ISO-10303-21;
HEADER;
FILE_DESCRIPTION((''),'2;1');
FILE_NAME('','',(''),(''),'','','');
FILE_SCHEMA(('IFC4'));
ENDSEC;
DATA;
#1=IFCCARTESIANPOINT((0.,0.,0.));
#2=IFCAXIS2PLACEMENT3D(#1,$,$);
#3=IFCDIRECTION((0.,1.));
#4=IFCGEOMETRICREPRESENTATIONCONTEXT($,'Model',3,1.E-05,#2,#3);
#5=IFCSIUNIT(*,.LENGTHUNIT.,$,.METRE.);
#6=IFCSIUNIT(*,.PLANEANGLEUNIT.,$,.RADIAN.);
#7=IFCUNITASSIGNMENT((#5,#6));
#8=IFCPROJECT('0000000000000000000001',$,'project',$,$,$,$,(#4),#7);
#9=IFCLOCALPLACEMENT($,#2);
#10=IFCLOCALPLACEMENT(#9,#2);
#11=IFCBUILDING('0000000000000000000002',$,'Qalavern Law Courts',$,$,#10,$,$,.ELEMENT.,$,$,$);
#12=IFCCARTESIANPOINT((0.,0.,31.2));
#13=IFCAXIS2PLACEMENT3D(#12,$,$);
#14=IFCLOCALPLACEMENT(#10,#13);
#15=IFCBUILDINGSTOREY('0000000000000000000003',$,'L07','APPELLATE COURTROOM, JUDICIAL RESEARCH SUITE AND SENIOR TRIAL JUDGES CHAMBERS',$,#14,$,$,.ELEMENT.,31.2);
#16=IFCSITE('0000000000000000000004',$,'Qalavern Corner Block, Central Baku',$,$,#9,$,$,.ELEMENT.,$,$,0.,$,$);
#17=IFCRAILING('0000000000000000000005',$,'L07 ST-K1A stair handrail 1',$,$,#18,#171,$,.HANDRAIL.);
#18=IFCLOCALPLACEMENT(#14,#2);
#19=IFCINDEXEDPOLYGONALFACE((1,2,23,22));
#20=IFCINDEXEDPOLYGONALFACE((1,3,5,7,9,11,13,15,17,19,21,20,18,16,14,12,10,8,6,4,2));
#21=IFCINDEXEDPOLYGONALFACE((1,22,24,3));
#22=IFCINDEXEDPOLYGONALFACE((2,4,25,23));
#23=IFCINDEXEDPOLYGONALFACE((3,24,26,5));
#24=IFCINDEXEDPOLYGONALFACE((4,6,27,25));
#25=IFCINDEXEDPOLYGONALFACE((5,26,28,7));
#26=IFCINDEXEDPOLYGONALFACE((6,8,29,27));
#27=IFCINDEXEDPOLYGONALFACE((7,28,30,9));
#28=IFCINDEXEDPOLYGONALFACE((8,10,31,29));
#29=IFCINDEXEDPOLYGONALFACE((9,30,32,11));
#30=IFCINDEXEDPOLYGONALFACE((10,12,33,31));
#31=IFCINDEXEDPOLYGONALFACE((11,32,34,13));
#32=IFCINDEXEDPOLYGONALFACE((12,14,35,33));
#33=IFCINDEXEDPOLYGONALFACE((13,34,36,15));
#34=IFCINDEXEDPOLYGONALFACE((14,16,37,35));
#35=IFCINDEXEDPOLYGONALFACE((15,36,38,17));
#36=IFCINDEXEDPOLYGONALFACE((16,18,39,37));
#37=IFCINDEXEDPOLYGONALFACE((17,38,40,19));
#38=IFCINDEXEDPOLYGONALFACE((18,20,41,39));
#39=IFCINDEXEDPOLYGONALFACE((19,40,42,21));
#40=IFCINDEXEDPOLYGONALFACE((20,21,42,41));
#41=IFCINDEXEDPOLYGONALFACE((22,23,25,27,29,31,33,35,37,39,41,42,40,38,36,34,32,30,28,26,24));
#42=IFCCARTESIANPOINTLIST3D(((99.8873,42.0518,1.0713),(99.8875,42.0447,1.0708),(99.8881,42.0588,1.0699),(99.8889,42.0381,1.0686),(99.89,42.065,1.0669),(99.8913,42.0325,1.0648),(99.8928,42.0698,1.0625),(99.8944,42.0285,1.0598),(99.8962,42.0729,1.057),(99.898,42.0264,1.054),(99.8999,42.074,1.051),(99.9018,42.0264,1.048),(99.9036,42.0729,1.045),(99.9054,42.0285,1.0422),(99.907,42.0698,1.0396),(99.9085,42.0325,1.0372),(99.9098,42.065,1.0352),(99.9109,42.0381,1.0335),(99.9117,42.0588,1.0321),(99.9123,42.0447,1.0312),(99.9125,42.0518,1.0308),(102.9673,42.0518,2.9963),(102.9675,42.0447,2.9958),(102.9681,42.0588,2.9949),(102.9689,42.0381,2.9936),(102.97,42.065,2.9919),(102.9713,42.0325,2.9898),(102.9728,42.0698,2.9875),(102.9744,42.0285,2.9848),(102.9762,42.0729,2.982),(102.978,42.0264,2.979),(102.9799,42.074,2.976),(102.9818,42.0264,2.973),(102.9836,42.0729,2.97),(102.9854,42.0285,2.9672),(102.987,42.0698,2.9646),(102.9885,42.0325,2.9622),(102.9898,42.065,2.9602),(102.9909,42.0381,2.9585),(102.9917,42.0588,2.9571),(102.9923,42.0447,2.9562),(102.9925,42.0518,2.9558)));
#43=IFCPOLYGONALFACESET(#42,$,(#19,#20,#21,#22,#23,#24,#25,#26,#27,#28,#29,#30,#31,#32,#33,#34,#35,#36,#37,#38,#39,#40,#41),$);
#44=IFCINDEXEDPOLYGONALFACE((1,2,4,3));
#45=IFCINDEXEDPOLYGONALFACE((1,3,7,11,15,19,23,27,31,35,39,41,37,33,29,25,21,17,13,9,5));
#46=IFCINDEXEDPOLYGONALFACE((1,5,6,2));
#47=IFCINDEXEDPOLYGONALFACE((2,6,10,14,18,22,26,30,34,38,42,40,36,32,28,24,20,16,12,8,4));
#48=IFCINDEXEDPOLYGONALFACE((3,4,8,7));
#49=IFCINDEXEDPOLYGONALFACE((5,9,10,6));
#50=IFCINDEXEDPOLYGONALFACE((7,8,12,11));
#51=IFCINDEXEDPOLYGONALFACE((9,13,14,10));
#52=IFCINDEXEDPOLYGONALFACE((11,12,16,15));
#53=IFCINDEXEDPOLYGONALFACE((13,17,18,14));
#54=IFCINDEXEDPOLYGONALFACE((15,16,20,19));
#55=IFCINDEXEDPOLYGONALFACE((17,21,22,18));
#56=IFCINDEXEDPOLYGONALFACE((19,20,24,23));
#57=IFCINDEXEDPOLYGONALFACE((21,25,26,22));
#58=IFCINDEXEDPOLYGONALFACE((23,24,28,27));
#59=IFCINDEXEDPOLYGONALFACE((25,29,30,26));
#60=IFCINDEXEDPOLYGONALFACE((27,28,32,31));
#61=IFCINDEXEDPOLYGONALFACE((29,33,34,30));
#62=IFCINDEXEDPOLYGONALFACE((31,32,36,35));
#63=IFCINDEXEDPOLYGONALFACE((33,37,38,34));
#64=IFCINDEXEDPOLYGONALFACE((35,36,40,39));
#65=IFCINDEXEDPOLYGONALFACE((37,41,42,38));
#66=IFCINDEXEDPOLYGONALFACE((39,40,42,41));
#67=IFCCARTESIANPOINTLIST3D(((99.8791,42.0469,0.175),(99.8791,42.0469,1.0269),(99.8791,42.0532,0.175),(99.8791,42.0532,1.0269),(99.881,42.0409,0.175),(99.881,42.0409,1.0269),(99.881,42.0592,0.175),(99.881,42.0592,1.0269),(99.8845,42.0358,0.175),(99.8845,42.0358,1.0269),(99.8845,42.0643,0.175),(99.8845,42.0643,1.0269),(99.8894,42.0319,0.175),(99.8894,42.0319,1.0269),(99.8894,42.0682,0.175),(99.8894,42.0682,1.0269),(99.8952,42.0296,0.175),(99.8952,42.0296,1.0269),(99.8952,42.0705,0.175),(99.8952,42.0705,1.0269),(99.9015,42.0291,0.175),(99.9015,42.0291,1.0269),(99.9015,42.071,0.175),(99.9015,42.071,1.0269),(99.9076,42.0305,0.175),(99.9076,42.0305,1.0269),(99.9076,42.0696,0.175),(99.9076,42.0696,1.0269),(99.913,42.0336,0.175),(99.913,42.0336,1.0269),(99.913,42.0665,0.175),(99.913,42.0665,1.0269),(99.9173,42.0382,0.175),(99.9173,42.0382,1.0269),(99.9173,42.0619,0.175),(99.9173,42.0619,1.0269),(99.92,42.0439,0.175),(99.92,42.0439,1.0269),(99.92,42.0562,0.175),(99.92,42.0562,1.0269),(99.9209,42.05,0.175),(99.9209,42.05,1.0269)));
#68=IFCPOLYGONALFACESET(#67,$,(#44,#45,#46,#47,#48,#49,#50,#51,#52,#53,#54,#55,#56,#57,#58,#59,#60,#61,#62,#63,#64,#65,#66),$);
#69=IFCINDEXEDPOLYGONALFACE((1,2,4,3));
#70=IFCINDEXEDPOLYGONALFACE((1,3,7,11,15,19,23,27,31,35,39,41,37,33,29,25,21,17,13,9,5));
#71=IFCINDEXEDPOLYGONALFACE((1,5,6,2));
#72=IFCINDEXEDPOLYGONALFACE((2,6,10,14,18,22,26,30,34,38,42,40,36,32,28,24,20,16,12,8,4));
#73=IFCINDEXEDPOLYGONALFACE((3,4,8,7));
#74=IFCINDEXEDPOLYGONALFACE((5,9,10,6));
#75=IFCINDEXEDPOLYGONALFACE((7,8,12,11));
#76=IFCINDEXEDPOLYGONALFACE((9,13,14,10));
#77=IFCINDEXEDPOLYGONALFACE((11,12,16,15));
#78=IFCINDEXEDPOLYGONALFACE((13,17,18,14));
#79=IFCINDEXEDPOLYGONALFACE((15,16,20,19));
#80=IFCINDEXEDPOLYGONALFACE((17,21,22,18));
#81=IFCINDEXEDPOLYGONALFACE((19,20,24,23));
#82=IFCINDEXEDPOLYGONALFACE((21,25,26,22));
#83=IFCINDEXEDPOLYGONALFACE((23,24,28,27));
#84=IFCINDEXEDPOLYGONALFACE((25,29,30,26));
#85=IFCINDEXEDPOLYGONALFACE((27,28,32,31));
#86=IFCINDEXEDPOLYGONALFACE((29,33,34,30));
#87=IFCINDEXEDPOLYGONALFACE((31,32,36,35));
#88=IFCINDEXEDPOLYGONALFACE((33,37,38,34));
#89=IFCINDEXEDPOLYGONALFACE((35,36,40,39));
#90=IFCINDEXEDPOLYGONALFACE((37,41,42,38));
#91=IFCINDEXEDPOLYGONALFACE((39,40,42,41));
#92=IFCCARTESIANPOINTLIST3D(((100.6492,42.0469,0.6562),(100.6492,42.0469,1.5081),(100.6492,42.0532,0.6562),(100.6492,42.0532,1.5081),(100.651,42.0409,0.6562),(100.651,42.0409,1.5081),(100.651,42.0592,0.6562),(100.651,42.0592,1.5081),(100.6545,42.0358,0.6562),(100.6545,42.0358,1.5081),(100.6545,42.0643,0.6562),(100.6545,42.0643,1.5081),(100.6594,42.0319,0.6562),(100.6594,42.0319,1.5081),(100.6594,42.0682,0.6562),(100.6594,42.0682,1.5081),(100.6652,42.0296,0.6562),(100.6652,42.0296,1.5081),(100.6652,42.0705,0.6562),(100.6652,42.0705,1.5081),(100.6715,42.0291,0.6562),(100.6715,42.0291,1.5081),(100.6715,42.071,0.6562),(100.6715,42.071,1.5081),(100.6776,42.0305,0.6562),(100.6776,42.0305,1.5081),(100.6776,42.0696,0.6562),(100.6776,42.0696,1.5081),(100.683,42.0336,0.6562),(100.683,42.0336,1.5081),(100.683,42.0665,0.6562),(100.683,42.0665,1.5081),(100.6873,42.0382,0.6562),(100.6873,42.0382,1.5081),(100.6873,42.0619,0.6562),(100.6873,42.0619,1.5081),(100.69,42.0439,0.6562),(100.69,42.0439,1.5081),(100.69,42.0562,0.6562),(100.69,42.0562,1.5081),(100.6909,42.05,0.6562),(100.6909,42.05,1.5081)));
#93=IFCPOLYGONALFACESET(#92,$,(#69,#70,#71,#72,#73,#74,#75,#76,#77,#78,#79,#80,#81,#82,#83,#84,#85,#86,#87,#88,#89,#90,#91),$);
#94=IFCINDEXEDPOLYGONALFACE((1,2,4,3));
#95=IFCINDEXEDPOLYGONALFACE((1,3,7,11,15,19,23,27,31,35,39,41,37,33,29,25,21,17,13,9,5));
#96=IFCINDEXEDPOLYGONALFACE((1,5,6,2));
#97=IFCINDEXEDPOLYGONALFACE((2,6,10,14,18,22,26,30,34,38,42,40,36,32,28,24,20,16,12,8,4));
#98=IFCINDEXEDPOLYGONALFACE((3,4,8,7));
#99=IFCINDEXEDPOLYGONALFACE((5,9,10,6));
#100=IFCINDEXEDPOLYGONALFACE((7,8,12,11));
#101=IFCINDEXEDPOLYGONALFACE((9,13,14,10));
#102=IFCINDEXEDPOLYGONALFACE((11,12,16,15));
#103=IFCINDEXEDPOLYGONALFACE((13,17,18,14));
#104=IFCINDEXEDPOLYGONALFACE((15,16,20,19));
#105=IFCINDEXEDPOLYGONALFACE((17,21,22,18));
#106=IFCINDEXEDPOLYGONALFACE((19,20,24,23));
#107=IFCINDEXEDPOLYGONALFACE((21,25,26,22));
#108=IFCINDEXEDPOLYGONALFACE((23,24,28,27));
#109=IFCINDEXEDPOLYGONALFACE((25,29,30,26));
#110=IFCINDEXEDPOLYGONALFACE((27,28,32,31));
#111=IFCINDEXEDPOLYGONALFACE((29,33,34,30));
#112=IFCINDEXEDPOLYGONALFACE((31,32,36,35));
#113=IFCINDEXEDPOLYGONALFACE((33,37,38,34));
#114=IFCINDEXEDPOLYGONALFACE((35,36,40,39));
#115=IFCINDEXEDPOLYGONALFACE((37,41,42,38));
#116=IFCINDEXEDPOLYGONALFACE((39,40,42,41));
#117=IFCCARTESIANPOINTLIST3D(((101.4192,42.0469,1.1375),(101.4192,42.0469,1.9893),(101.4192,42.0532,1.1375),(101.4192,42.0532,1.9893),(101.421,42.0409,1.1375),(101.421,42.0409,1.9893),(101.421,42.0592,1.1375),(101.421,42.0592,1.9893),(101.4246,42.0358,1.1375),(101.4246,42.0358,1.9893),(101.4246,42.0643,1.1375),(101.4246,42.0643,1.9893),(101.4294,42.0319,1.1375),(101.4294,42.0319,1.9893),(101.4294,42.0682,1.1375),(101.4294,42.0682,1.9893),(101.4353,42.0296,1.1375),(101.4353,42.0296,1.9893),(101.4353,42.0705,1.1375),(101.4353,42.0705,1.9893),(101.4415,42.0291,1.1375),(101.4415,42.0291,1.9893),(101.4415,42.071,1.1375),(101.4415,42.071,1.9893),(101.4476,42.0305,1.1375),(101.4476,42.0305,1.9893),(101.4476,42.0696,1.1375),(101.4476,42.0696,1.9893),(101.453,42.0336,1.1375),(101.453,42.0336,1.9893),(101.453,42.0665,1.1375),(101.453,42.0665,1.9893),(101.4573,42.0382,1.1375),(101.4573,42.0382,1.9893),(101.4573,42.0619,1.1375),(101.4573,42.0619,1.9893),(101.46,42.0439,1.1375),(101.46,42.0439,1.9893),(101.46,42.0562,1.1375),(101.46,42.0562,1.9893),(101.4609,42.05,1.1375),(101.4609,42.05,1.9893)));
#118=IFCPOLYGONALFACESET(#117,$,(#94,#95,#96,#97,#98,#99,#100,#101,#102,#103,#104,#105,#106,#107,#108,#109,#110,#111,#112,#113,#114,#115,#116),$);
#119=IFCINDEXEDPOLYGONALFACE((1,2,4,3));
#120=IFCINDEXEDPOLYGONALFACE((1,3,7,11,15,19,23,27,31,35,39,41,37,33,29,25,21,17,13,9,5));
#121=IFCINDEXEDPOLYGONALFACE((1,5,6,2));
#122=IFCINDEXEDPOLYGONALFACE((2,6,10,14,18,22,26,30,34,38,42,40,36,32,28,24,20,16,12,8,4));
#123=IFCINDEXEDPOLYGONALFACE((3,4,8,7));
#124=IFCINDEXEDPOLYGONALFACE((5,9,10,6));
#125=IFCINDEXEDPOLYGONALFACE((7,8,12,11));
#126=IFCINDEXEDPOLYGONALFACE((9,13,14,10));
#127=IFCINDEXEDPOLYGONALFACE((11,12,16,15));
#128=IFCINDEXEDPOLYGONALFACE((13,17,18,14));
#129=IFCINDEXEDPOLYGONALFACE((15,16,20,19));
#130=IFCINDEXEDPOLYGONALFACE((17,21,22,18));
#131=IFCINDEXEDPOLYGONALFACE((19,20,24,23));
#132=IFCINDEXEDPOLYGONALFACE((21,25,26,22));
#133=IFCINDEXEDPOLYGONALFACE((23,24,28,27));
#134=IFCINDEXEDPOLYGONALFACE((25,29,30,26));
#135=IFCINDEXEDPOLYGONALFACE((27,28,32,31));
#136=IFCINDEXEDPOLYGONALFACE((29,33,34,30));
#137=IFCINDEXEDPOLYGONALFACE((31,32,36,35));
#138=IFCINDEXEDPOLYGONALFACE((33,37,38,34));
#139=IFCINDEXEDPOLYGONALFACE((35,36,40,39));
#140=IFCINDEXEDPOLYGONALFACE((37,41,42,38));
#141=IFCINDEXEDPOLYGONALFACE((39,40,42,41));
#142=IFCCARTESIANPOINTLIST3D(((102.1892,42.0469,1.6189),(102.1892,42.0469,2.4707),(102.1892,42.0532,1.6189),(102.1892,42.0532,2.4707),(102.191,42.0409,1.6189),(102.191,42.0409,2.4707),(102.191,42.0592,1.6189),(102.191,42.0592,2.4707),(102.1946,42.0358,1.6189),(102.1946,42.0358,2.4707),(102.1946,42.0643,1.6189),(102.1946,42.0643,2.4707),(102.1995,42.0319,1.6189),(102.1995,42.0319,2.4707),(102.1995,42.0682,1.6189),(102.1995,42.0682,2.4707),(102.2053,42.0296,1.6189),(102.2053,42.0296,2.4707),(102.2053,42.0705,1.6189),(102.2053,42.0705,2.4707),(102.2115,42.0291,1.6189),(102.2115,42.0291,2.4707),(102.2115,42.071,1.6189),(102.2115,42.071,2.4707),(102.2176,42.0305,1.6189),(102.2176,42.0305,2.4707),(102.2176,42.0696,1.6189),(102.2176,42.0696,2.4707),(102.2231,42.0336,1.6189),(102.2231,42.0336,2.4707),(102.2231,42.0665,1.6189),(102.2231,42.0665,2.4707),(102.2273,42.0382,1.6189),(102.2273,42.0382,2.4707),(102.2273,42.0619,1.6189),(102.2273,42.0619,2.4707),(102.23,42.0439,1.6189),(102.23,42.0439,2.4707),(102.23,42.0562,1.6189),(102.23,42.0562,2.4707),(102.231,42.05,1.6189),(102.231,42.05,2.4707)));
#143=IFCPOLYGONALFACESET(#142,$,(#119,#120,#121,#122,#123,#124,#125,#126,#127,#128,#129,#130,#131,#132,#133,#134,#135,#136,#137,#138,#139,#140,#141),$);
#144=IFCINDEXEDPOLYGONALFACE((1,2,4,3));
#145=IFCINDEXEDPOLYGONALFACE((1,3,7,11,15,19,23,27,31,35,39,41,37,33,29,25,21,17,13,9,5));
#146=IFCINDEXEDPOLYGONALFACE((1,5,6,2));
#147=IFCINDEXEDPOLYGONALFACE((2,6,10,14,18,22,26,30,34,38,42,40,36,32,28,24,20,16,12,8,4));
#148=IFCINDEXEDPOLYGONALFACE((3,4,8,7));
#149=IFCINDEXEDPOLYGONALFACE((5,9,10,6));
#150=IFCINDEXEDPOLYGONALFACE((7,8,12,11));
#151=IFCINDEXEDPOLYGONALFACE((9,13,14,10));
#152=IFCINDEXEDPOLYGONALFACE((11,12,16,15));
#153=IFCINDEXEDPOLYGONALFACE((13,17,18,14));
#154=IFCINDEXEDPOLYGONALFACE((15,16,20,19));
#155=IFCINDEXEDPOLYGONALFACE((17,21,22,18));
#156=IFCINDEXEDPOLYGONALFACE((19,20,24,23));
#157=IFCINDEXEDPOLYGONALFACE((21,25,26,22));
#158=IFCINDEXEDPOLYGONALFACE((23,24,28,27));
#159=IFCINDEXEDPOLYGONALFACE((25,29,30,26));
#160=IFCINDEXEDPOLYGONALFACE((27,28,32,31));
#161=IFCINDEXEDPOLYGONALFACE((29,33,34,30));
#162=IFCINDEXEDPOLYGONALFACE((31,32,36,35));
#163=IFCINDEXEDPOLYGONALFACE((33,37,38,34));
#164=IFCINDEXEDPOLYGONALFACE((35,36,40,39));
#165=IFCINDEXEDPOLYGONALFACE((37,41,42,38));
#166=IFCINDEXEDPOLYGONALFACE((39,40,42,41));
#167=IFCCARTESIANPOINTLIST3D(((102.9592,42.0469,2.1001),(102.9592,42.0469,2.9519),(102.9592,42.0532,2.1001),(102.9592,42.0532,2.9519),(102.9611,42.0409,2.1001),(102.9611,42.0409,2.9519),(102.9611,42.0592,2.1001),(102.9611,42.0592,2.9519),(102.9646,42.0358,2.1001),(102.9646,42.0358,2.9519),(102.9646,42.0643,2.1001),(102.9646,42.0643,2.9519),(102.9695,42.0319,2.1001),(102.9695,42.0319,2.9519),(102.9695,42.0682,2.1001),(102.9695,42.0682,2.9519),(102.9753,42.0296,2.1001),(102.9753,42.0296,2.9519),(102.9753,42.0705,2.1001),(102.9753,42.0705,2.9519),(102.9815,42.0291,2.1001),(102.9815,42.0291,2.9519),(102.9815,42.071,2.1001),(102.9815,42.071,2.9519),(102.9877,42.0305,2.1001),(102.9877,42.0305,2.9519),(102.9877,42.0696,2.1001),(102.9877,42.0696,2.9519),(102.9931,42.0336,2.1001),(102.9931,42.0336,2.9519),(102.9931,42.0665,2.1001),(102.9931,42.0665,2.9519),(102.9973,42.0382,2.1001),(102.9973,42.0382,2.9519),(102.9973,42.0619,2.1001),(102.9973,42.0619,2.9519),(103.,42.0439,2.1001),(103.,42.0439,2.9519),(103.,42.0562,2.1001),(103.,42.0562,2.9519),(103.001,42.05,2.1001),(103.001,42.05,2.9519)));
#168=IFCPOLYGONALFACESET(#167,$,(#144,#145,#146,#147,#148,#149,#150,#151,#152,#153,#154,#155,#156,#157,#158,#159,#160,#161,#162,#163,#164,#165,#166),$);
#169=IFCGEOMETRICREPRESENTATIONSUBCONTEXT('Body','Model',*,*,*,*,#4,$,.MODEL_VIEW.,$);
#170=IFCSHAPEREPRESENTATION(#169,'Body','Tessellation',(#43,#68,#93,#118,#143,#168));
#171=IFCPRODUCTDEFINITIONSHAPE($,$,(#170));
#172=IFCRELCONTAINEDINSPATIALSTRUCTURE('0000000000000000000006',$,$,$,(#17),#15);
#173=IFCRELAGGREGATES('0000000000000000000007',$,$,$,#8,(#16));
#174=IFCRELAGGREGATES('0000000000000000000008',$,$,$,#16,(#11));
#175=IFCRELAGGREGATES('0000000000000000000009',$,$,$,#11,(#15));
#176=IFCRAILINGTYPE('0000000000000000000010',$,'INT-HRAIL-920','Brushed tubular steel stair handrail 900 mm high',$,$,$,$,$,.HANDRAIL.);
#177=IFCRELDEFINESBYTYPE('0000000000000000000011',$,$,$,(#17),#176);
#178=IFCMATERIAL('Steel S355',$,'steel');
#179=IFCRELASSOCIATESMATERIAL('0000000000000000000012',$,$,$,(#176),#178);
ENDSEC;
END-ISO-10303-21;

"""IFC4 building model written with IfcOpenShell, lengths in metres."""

from ifc_helpers import new_model, si_unit, direction, frame, origin, origin_2d, place, context, subcontext, project, spatial, circle, extrude, material, type_object, element, save


model = new_model("IFC4")

# Units and contexts
model_context = context("Model", 3, precision=1e-05, world=origin(), true_north=direction((0.0, 1.0)))
body_context = subcontext(model_context, "Body", "Model", "MODEL_VIEW")
ifc_project = project(units=[si_unit("LENGTHUNIT", "METRE"), si_unit("PLANEANGLEUNIT", "RADIAN")], contexts=[model_context])

# Site, building, storey
site_placement = place(None, origin())
site = spatial("IfcSite", under=ifc_project, at=site_placement, Name="Qalavern Corner Block, Central Baku", CompositionType="ELEMENT", RefElevation=0.0)
building_placement = place(site_placement, origin())
building = spatial("IfcBuilding", under=site, at=building_placement, Name="Qalavern Law Courts", CompositionType="ELEMENT")
storey_placement = place(building_placement, frame((0.0, 0.0, 31.2)))
storey = spatial("IfcBuildingStorey", under=building, at=storey_placement, Name="L07", Description="APPELLATE COURTROOM, JUDICIAL RESEARCH SUITE AND SENIOR TRIAL JUDGES CHAMBERS", CompositionType="ELEMENT", Elevation=31.2)

# Railing
ifc_material_1 = material(Name="Steel S355", Category="steel")
railing_type_1 = type_object("IfcRailingType", Name="INT-HRAIL-920", Description="Brushed tubular steel stair handrail 900 mm high", PredefinedType="HANDRAIL", material=ifc_material_1)
railing_1_placement = place(storey_placement, frame((99.8999, 42.05, 0.175)))
element("IfcRailing", 1, at=railing_1_placement, inside=storey, type_object=railing_type_1, Name="L07 ST-K1A stair handrail 1", PredefinedType="HANDRAIL", context=body_context, shape_type="SweptSolid", body=[
    extrude(circle(Radius=0.0239, at=origin_2d()), frame((0.0, 0.0, 0.876), z_axis=(0.847998, 0.0, 0.529999), x_axis=(0.0, 1.0, 0.0)), (0.0, 0.0, 1.0), 3.6321),
    extrude(circle(Radius=0.021, at=origin_2d()), origin(), (0.0, 0.0, 1.0), 0.8518),
    extrude(circle(Radius=0.021, at=origin_2d()), frame((0.77, 0.0, 0.4812)), (0.0, 0.0, 1.0), 0.8518),
    extrude(circle(Radius=0.021, at=origin_2d()), frame((1.54, 0.0, 0.9624)), (0.0, 0.0, 1.0), 0.8518),
    extrude(circle(Radius=0.021, at=origin_2d()), frame((2.3101, 0.0, 1.4438)), (0.0, 0.0, 1.0), 0.8518),
    extrude(circle(Radius=0.021, at=origin_2d()), frame((3.0801, 0.0, 1.925)), (0.0, 0.0, 1.0), 0.8518),
])

save(model, "model.ifc")
